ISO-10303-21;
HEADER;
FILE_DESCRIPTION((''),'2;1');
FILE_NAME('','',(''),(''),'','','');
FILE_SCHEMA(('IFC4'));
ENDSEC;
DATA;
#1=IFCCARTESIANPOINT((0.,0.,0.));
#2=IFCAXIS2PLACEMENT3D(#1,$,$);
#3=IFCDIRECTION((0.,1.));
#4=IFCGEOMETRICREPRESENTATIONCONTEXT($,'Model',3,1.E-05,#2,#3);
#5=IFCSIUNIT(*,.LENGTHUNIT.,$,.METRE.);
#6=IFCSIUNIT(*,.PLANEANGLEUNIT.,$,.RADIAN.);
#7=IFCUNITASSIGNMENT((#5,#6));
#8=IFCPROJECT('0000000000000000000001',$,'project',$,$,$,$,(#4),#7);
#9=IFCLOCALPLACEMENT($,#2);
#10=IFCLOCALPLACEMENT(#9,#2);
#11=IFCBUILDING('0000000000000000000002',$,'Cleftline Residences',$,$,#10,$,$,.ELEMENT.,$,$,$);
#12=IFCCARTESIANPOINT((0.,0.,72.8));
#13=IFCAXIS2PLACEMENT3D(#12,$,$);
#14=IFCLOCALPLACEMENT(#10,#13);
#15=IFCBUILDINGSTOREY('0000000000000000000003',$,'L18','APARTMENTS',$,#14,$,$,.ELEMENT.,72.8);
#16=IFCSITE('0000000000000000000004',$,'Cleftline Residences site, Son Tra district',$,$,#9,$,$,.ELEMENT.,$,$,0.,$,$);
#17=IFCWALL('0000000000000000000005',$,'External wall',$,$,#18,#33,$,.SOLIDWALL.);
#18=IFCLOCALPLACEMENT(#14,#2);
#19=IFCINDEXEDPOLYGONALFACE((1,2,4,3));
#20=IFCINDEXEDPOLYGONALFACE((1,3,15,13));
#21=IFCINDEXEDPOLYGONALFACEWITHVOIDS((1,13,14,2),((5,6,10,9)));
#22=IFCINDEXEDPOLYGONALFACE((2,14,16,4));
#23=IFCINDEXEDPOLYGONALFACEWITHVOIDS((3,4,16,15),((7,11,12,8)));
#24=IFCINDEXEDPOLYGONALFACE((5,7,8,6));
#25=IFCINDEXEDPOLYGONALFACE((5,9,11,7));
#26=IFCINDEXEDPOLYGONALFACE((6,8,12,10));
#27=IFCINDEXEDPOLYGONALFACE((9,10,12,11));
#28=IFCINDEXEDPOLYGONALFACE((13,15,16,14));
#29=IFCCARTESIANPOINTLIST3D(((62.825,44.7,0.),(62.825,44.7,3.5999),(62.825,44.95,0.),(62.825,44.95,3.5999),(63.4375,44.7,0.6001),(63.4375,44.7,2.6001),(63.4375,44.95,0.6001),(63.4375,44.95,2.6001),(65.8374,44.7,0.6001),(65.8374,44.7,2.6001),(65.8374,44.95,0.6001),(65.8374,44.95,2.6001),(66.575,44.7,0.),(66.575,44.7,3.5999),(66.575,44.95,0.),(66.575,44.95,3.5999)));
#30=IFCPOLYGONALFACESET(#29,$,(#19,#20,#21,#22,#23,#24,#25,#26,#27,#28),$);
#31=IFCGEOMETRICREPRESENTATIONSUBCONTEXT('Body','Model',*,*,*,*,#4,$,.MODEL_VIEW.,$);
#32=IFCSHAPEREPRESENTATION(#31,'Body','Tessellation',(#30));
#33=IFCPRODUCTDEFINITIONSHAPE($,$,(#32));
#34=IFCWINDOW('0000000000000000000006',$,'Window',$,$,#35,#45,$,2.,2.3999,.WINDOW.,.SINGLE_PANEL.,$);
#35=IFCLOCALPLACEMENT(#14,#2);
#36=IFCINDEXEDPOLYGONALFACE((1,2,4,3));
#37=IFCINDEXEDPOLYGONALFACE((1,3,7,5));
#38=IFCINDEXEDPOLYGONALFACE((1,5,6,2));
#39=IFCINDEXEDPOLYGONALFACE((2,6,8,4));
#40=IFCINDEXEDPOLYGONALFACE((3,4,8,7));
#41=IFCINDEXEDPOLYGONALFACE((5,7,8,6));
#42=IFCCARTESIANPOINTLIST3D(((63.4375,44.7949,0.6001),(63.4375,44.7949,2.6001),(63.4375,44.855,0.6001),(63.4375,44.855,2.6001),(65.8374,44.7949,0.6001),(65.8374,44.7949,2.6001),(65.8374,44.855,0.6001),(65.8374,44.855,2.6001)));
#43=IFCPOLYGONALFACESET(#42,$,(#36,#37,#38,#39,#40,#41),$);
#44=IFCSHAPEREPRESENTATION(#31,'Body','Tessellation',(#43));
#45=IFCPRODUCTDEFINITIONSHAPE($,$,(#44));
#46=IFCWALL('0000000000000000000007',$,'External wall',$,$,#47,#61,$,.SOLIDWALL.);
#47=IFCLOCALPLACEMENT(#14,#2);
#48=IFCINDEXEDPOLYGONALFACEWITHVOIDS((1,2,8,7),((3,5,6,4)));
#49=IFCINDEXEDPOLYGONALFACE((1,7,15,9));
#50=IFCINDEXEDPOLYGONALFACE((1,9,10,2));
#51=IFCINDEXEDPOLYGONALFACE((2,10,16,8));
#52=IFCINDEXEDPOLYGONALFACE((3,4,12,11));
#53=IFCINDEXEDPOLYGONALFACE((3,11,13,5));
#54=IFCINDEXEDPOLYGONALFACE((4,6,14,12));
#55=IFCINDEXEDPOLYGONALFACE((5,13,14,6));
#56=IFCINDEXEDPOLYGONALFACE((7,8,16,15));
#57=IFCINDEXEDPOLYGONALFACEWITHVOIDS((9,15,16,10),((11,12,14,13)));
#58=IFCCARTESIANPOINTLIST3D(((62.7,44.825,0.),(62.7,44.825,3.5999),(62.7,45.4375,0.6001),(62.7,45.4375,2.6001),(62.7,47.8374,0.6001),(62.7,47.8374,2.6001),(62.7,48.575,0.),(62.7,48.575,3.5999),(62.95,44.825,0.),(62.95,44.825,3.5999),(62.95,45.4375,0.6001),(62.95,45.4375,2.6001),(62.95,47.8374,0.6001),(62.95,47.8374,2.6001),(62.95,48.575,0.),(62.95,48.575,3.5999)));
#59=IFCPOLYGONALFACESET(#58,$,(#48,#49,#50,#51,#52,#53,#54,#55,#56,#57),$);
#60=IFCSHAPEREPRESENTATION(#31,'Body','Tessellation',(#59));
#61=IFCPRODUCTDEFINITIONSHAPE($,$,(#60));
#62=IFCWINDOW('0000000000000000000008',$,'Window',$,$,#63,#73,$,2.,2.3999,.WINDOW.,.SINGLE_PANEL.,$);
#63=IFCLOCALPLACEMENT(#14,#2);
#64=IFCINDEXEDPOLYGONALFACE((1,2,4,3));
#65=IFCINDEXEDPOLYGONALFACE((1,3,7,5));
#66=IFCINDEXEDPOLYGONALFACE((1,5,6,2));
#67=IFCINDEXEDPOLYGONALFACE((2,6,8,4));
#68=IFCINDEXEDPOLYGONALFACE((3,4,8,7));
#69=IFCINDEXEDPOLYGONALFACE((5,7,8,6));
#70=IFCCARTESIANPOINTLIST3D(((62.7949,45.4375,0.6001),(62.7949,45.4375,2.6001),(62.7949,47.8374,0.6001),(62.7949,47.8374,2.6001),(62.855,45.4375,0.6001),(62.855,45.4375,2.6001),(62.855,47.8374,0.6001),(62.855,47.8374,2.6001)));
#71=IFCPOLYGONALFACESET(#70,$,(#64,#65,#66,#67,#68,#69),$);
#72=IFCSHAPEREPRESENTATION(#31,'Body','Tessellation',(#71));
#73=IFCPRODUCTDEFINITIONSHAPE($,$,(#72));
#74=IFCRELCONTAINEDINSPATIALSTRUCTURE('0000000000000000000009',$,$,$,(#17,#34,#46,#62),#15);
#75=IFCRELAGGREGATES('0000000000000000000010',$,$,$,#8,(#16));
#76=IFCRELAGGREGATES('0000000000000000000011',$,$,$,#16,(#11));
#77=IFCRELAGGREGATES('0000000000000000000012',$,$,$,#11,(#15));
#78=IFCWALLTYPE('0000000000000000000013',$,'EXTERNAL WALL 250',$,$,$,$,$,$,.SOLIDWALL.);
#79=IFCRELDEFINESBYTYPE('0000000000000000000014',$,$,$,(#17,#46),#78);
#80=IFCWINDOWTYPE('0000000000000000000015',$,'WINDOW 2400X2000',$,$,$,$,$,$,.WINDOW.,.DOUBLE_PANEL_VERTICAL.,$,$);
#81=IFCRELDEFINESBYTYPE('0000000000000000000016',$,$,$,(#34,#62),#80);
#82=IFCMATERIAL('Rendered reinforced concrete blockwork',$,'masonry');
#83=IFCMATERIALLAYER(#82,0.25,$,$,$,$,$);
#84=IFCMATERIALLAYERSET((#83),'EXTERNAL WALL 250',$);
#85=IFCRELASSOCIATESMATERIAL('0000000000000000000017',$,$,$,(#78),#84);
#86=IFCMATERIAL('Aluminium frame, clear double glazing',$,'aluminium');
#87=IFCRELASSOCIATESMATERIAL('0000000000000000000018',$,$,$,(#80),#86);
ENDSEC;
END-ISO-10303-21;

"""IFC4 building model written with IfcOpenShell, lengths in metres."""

from ifc_helpers import new_model, si_unit, direction, frame, frame_2d, origin, place, context, subcontext, project, spatial, rectangle, extrude, material, layer, layer_set, type_object, element, fill, save


model = new_model("IFC4")

# Units and contexts
model_context = context("Model", 3, precision=1e-05, world=origin(), true_north=direction((0.0, 1.0)))
body_context = subcontext(model_context, "Body", "Model", "MODEL_VIEW")
ifc_project = project(units=[si_unit("LENGTHUNIT", "METRE"), si_unit("PLANEANGLEUNIT", "RADIAN")], contexts=[model_context])

# Site, building, storey
site_placement = place(None, origin())
site = spatial("IfcSite", under=ifc_project, at=site_placement, Name="Cleftline Residences site, Son Tra district", CompositionType="ELEMENT", RefElevation=0.0)
building_placement = place(site_placement, origin())
building = spatial("IfcBuilding", under=site, at=building_placement, Name="Cleftline Residences", CompositionType="ELEMENT")
storey_placement = place(building_placement, frame((0.0, 0.0, 72.8)))
storey = spatial("IfcBuildingStorey", under=building, at=storey_placement, Name="L18", Description="APARTMENTS", CompositionType="ELEMENT", Elevation=72.8)

# Walls, openings, windows
ifc_material_1 = material(Name="Rendered reinforced concrete blockwork", Category="masonry")
ifc_layer_1 = layer(ifc_material_1, 0.25)
ifc_layer_set_1 = layer_set([ifc_layer_1], Name="EXTERNAL WALL 250")
wall_type_1 = type_object("IfcWallType", Name="EXTERNAL WALL 250", PredefinedType="SOLIDWALL", material=ifc_layer_set_1)
wall_1_placement = place(storey_placement, frame((66.575, 44.825, 0.0), z_axis=(0.0, 0.0, 1.0), x_axis=(-1.0, 0.0, 0.0)))
wall_1 = element("IfcWall", 1, at=wall_1_placement, inside=storey, type_object=wall_type_1, Name="External wall", PredefinedType="SOLIDWALL", context=body_context, shape_type="SweptSolid", body=[
    extrude(rectangle(XDim=3.75, YDim=0.25, at=frame_2d((1.875, 0.0))), origin(), (0.0, 0.0, 1.0), 3.5999),
])
opening_1_placement = place(wall_1_placement, frame((0.7375, 0.0, 0.6001)))
opening_1 = element("IfcOpeningElement", 2, at=opening_1_placement, cuts=wall_1, PredefinedType="OPENING", context=body_context, shape_type="SweptSolid", body=[
    extrude(rectangle(XDim=2.3999, YDim=2.0, at=frame_2d((1.2, 1.0))), frame((0.0, 0.135, 0.0), z_axis=(0.0, -1.0, 0.0), x_axis=(1.0, 0.0, 0.0)), (0.0, 0.0, 1.0), 0.27),
])
ifc_material_2 = material(Name="Aluminium frame, clear double glazing", Category="aluminium")
window_type_1 = type_object("IfcWindowType", Name="WINDOW 2400X2000", PartitioningType="DOUBLE_PANEL_VERTICAL", PredefinedType="WINDOW", material=ifc_material_2)
window_1_placement = place(opening_1_placement, origin())
window_1 = element("IfcWindow", 3, at=window_1_placement, inside=storey, type_object=window_type_1, Name="Window", OverallHeight=2.0, OverallWidth=2.3999, PartitioningType="SINGLE_PANEL", PredefinedType="WINDOW", context=body_context, shape_type="SweptSolid", body=[
    extrude(rectangle(XDim=2.3999, YDim=2.0, at=frame_2d((1.2, 1.0))), frame((0.0, 0.03, 0.0), z_axis=(0.0, -1.0, 0.0), x_axis=(1.0, 0.0, 0.0)), (0.0, 0.0, 1.0), 0.0601),
])
fill(opening_1, window_1)
wall_2_placement = place(storey_placement, frame((62.825, 44.825, 0.0), z_axis=(0.0, 0.0, 1.0), x_axis=(0.0, 1.0, 0.0)))
wall_2 = element("IfcWall", 4, at=wall_2_placement, inside=storey, type_object=wall_type_1, Name="External wall", PredefinedType="SOLIDWALL", context=body_context, shape_type="SweptSolid", body=[
    extrude(rectangle(XDim=3.75, YDim=0.25, at=frame_2d((1.875, 0.0))), origin(), (0.0, 0.0, 1.0), 3.5999),
])
opening_2_placement = place(wall_2_placement, frame((0.6125, 0.0, 0.6001)))
opening_2 = element("IfcOpeningElement", 5, at=opening_2_placement, cuts=wall_2, PredefinedType="OPENING", context=body_context, shape_type="SweptSolid", body=[
    extrude(rectangle(XDim=2.3999, YDim=2.0, at=frame_2d((1.2, 1.0))), frame((0.0, 0.135, 0.0), z_axis=(0.0, -1.0, 0.0), x_axis=(1.0, 0.0, 0.0)), (0.0, 0.0, 1.0), 0.27),
])
window_2_placement = place(opening_2_placement, origin())
window_2 = element("IfcWindow", 6, at=window_2_placement, inside=storey, type_object=window_type_1, Name="Window", OverallHeight=2.0, OverallWidth=2.3999, PartitioningType="SINGLE_PANEL", PredefinedType="WINDOW", context=body_context, shape_type="SweptSolid", body=[
    extrude(rectangle(XDim=2.3999, YDim=2.0, at=frame_2d((1.2, 1.0))), frame((0.0, 0.03, 0.0), z_axis=(0.0, -1.0, 0.0), x_axis=(1.0, 0.0, 0.0)), (0.0, 0.0, 1.0), 0.0601),
])
fill(opening_2, window_2)

save(model, "model.ifc")
